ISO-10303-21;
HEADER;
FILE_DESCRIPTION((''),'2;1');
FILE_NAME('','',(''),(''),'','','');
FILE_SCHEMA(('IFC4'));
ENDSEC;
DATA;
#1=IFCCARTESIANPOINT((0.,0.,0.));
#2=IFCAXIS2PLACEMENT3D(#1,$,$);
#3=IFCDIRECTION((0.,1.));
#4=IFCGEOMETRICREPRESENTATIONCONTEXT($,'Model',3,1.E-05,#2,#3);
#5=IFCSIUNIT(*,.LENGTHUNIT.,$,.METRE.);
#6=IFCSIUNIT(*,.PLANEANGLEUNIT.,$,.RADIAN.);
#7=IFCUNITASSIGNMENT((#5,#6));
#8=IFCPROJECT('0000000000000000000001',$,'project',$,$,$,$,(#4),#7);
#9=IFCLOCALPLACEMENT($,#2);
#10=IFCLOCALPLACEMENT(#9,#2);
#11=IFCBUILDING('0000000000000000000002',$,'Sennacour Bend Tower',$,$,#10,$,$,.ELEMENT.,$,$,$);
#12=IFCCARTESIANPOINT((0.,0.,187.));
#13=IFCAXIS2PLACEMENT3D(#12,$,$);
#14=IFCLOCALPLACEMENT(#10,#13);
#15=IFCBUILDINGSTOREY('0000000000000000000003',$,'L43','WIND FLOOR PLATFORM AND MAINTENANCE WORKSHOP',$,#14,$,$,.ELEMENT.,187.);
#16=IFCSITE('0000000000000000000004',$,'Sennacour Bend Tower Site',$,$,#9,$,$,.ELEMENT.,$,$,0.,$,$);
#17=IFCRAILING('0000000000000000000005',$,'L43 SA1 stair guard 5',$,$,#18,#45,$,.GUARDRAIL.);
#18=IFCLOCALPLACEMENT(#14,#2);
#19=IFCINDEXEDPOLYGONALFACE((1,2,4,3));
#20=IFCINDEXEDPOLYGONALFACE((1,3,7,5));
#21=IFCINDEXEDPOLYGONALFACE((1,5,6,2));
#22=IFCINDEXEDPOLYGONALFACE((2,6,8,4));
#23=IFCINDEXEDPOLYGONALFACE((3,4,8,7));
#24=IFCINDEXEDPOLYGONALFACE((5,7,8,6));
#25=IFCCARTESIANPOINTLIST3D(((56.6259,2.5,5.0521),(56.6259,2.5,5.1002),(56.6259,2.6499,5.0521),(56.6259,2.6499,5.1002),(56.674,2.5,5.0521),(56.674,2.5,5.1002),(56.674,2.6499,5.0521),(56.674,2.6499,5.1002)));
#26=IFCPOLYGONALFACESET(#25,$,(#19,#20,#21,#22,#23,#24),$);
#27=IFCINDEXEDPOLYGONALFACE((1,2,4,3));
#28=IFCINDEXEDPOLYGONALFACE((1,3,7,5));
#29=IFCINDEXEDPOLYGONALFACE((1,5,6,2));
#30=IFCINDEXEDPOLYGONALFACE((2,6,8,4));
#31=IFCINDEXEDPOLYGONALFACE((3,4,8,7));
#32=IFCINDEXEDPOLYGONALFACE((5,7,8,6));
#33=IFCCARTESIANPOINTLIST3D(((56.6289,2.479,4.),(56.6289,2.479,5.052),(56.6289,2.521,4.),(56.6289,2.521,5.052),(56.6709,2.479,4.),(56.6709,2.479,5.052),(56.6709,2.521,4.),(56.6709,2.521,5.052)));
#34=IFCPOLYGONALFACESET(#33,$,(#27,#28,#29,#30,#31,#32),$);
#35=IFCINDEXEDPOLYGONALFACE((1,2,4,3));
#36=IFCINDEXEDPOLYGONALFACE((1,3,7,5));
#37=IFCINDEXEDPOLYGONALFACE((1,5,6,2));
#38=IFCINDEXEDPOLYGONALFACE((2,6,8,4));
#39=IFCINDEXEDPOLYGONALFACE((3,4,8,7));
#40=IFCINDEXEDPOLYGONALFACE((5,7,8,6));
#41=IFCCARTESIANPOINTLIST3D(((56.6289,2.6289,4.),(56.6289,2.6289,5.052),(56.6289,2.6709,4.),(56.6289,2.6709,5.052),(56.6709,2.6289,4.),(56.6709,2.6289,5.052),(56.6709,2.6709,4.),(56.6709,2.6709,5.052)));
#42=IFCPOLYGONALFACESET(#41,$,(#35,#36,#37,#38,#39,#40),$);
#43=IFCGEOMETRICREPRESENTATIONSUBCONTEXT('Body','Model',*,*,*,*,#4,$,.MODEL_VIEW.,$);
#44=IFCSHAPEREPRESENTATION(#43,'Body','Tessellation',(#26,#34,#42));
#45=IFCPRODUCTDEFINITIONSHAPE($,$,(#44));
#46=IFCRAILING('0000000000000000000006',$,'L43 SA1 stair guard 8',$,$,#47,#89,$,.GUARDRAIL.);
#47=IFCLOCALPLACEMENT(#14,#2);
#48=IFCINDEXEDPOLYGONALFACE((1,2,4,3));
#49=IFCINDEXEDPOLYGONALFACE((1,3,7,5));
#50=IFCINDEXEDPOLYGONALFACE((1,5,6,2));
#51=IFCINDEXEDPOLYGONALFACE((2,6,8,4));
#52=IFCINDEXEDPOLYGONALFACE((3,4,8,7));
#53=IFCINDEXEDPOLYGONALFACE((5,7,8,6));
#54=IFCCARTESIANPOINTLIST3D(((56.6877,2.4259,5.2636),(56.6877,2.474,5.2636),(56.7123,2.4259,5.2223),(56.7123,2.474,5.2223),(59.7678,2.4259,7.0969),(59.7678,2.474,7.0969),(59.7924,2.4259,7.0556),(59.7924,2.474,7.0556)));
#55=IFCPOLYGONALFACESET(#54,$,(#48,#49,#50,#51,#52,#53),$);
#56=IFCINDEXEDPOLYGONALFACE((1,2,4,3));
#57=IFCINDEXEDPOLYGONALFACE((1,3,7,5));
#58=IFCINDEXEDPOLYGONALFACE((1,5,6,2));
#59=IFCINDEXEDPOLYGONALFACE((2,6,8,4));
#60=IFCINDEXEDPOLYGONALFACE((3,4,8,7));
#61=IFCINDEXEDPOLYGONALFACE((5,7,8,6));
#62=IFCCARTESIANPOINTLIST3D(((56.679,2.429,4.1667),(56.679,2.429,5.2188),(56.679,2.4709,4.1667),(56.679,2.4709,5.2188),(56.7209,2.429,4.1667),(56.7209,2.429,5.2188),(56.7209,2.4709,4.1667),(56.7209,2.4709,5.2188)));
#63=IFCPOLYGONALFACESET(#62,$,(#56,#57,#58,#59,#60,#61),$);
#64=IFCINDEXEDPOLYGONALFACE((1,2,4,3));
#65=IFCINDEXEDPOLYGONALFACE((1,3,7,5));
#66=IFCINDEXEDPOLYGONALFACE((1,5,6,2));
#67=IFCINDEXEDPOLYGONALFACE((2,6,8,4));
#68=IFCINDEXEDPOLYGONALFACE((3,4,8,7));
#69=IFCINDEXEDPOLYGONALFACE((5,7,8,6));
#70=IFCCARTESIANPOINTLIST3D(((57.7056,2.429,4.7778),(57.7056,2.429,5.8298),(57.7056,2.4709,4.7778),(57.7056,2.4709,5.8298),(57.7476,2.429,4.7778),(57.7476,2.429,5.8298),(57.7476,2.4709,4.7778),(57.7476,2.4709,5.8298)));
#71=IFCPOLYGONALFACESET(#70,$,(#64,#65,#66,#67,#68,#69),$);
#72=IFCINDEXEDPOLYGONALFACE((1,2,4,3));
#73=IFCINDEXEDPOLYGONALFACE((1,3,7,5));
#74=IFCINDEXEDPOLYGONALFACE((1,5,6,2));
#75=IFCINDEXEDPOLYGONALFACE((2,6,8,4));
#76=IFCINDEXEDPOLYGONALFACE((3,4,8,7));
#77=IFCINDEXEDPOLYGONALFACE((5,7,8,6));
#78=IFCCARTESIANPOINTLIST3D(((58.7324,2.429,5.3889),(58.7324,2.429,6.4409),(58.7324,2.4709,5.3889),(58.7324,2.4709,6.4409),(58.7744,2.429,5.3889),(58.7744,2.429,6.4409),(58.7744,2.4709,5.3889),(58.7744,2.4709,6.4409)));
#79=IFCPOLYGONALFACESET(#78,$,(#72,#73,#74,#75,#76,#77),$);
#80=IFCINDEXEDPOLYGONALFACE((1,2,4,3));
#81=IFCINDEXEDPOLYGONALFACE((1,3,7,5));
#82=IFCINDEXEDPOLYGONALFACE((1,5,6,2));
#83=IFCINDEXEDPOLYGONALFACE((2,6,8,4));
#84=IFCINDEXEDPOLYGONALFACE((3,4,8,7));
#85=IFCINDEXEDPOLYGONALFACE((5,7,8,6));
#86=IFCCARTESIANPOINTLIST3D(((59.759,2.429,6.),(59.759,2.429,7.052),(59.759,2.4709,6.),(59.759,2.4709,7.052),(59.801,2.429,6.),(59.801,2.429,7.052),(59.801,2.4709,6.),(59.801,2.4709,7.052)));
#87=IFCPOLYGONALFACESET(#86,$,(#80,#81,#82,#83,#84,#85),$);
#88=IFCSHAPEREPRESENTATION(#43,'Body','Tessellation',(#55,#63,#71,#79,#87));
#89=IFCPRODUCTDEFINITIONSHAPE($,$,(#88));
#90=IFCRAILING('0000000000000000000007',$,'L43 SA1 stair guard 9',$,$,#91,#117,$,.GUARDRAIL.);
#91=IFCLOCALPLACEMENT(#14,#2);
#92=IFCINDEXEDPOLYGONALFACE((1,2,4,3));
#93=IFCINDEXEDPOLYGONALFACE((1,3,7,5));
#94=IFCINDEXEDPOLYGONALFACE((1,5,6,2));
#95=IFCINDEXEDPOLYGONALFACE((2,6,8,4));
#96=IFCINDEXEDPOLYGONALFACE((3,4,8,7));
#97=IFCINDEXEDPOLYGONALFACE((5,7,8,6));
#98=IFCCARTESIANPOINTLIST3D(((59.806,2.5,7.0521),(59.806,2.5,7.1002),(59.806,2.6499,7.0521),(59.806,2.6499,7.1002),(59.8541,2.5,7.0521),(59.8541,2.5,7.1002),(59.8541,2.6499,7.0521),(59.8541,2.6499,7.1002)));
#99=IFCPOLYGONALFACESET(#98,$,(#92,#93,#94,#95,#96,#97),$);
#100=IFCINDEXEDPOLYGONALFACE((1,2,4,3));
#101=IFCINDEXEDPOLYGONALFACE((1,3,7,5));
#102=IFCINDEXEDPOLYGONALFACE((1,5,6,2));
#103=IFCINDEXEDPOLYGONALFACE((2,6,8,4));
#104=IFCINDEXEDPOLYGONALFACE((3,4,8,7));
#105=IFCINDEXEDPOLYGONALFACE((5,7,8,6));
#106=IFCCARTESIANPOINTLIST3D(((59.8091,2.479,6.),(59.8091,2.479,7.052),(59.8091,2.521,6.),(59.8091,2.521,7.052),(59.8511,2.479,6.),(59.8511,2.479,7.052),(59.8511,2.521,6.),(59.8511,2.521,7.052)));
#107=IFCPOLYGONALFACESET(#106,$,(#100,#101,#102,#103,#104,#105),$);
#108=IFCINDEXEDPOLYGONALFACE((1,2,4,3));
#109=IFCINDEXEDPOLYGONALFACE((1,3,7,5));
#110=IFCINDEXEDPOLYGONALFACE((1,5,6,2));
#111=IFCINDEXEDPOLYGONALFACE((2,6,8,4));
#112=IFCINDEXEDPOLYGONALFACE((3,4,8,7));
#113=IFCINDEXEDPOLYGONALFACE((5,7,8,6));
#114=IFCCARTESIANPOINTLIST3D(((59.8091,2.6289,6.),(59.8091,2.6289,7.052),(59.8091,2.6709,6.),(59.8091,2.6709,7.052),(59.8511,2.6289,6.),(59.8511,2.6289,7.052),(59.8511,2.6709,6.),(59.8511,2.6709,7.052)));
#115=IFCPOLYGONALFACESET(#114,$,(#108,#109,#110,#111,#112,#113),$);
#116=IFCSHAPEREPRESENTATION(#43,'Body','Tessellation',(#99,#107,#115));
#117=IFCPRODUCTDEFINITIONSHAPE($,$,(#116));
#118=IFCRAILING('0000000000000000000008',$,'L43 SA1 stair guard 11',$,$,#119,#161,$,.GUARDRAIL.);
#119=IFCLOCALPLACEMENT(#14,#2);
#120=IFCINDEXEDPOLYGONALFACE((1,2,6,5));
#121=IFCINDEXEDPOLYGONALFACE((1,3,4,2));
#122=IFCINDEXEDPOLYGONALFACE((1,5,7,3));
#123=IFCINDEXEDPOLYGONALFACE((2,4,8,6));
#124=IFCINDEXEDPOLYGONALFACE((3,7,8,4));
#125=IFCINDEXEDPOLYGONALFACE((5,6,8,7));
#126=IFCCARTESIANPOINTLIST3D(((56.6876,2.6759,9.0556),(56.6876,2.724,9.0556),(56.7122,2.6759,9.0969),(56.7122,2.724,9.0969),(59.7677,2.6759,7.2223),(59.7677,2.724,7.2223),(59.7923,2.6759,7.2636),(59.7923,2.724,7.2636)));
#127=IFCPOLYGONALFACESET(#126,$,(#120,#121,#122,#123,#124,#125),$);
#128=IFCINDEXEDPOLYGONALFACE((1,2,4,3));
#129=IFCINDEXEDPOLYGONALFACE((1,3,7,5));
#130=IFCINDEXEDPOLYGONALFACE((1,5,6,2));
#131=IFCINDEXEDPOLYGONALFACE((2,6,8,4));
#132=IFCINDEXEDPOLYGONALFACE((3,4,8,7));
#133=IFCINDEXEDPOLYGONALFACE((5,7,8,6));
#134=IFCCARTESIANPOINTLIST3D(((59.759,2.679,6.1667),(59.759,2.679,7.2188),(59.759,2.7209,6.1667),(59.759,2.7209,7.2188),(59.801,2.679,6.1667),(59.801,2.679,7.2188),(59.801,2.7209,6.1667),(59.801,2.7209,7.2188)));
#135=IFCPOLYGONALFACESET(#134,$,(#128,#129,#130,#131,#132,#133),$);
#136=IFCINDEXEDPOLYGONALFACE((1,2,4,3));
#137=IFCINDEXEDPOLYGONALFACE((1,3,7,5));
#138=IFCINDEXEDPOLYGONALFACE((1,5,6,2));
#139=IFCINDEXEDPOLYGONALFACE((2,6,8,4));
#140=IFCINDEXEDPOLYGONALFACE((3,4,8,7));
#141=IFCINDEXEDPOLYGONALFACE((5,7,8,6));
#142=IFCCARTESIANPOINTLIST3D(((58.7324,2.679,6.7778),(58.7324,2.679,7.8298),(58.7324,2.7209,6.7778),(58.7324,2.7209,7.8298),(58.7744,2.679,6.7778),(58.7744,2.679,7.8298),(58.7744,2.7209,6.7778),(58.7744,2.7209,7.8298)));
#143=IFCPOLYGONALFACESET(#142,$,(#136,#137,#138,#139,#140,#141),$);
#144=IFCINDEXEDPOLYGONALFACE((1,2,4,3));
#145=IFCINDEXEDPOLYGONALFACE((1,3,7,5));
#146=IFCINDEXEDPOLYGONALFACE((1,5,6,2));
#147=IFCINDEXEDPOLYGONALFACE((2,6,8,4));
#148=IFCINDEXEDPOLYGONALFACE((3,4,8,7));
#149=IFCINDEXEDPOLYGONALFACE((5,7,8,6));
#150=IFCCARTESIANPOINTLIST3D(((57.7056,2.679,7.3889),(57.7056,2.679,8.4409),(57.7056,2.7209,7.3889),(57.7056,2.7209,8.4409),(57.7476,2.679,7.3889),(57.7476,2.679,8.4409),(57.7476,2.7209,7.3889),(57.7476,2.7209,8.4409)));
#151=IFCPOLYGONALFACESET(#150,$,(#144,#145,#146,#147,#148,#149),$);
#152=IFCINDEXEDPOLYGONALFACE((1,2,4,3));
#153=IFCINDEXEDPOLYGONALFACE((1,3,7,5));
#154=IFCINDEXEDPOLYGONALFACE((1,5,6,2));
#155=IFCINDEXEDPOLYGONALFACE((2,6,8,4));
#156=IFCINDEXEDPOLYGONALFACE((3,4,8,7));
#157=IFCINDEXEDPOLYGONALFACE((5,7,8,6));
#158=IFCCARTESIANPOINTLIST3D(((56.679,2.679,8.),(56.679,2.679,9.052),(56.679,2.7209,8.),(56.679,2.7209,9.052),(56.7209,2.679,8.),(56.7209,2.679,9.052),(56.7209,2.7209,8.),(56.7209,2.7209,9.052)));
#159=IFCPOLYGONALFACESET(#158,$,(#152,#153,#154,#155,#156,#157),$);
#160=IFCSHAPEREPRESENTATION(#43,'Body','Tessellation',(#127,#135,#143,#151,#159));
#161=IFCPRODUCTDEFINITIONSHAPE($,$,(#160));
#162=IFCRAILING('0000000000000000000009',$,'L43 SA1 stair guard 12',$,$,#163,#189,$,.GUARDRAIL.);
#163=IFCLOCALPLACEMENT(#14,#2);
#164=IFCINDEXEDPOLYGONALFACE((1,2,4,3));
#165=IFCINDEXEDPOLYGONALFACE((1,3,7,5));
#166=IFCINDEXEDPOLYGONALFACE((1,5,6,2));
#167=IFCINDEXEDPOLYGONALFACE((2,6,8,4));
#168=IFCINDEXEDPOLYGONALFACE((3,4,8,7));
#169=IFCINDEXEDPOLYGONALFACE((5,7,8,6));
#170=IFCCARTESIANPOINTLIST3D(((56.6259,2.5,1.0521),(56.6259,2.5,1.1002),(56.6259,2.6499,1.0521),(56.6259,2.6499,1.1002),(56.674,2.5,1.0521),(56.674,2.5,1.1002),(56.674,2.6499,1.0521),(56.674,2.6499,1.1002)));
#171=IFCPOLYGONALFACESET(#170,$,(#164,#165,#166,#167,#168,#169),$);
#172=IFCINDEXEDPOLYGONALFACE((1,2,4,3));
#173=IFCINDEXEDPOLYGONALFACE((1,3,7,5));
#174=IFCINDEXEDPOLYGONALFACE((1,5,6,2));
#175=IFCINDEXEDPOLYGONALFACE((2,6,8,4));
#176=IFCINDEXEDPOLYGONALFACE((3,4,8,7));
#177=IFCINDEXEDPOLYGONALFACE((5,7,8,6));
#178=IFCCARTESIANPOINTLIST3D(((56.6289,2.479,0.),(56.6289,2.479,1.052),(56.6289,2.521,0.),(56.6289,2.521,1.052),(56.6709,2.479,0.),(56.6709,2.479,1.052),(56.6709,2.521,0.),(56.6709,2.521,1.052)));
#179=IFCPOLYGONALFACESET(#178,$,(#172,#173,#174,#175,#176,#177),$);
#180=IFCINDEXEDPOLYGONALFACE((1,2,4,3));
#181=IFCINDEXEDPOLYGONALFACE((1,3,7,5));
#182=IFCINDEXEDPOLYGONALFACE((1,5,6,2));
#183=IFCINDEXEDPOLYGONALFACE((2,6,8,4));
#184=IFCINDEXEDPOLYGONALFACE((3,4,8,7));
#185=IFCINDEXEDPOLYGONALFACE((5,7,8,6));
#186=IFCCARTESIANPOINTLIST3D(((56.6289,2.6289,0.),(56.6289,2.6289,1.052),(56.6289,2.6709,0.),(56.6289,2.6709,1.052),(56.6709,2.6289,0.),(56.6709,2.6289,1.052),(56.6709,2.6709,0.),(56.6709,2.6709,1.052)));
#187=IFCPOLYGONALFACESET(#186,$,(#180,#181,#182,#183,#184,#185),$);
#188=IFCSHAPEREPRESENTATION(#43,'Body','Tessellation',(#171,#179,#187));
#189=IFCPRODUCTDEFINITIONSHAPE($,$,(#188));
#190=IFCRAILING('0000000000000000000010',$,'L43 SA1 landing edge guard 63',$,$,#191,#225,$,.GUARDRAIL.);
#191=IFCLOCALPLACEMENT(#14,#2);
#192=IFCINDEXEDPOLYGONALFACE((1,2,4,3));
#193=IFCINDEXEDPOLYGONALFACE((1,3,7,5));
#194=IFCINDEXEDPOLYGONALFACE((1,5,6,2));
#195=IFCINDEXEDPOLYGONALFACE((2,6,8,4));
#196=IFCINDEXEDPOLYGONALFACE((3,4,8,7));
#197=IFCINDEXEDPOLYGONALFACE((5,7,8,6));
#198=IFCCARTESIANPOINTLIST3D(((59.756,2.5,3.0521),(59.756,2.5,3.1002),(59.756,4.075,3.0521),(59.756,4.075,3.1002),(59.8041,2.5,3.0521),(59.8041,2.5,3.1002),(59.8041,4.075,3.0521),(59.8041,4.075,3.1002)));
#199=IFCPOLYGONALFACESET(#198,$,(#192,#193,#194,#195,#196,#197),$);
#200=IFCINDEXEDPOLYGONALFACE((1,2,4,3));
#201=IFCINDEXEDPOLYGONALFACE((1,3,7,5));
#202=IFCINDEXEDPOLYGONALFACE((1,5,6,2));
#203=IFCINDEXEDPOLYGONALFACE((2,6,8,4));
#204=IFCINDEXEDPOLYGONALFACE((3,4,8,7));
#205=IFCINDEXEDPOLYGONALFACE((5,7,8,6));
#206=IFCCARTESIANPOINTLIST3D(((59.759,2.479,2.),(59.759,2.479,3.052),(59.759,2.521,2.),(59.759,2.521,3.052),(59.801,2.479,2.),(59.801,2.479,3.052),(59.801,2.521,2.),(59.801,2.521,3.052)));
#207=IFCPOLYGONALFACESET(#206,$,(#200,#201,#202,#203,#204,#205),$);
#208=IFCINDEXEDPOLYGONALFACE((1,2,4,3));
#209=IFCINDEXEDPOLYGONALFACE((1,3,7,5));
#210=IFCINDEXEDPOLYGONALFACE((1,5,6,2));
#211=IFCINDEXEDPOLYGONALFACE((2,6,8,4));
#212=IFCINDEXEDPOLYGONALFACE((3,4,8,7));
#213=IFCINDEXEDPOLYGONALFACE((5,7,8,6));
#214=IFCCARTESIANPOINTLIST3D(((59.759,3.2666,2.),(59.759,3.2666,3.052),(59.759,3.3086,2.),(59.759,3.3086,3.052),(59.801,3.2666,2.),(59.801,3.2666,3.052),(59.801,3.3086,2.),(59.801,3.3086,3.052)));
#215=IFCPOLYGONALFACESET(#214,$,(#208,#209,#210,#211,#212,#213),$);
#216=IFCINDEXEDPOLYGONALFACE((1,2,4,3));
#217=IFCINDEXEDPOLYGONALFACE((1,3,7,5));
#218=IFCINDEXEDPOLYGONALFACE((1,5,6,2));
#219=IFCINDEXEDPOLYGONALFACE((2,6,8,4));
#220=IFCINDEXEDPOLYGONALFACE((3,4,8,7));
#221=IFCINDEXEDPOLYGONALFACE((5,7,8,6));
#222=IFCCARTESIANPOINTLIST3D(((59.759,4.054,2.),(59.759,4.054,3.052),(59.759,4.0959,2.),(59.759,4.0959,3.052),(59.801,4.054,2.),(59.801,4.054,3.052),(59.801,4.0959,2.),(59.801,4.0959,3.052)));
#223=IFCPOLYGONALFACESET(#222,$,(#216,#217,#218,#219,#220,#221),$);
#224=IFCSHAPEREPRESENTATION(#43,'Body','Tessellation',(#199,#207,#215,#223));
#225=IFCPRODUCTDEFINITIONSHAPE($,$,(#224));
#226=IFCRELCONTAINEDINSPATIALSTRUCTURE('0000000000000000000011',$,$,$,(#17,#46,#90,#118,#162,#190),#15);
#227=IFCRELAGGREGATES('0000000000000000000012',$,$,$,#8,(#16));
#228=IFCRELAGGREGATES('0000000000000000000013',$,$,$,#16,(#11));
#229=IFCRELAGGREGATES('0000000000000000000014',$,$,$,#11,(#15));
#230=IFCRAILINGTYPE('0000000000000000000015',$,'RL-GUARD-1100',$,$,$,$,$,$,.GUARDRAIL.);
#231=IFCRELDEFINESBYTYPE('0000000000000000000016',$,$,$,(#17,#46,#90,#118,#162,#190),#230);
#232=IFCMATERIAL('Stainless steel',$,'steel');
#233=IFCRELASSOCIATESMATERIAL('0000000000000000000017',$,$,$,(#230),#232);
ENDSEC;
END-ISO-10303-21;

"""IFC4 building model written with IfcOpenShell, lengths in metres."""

from ifc_helpers import new_model, si_unit, direction, frame, origin, origin_2d, place, context, subcontext, project, spatial, rectangle, extrude, material, type_object, element, save


model = new_model("IFC4")

# Units and contexts
model_context = context("Model", 3, precision=1e-05, world=origin(), true_north=direction((0.0, 1.0)))
body_context = subcontext(model_context, "Body", "Model", "MODEL_VIEW")
ifc_project = project(units=[si_unit("LENGTHUNIT", "METRE"), si_unit("PLANEANGLEUNIT", "RADIAN")], contexts=[model_context])

# Site, building, storey
site_placement = place(None, origin())
site = spatial("IfcSite", under=ifc_project, at=site_placement, Name="Sennacour Bend Tower Site", CompositionType="ELEMENT", RefElevation=0.0)
building_placement = place(site_placement, origin())
building = spatial("IfcBuilding", under=site, at=building_placement, Name="Sennacour Bend Tower", CompositionType="ELEMENT")
storey_placement = place(building_placement, frame((0.0, 0.0, 187.0)))
storey = spatial("IfcBuildingStorey", under=building, at=storey_placement, Name="L43", Description="WIND FLOOR PLATFORM AND MAINTENANCE WORKSHOP", CompositionType="ELEMENT", Elevation=187.0)

# Railings
ifc_material_1 = material(Name="Stainless steel", Category="steel")
railing_type_1 = type_object("IfcRailingType", Name="RL-GUARD-1100", PredefinedType="GUARDRAIL", material=ifc_material_1)
railing_1_placement = place(storey_placement, frame((56.6499, 2.5, 4.0)))
element("IfcRailing", 1, at=railing_1_placement, inside=storey, type_object=railing_type_1, Name="L43 SA1 stair guard 5", PredefinedType="GUARDRAIL", context=body_context, shape_type="SweptSolid", body=[
    extrude(rectangle(XDim=0.0481, YDim=0.0481, at=origin_2d()), frame((0.0, 0.0, 1.0762), z_axis=(0.0, 1.0, 0.0), x_axis=(-1.0, 0.0, 0.0)), (0.0, 0.0, 1.0), 0.1499),
    extrude(rectangle(XDim=0.042, YDim=0.042, at=origin_2d()), origin(), (0.0, 0.0, 1.0), 1.052),
    extrude(rectangle(XDim=0.042, YDim=0.042, at=origin_2d()), frame((0.0, 0.1499, 0.0)), (0.0, 0.0, 1.0), 1.052),
])
railing_2_placement = place(storey_placement, frame((56.7, 2.45, 4.1667)))
element("IfcRailing", 2, at=railing_2_placement, inside=storey, type_object=railing_type_1, Name="L43 SA1 stair guard 8", PredefinedType="GUARDRAIL", context=body_context, shape_type="SweptSolid", body=[
    extrude(rectangle(XDim=0.0481, YDim=0.0481, at=origin_2d()), frame((0.0, 0.0, 1.0762), z_axis=(0.859309, 0.0, 0.511458), x_axis=(0.0, 1.0, 0.0)), (0.0, 0.0, 1.0), 3.5845),
    extrude(rectangle(XDim=0.042, YDim=0.042, at=origin_2d()), origin(), (0.0, 0.0, 1.0), 1.052),
    extrude(rectangle(XDim=0.042, YDim=0.042, at=origin_2d()), frame((1.0266, 0.0, 0.6111)), (0.0, 0.0, 1.0), 1.052),
    extrude(rectangle(XDim=0.042, YDim=0.042, at=origin_2d()), frame((2.0535, 0.0, 1.2222)), (0.0, 0.0, 1.0), 1.052),
    extrude(rectangle(XDim=0.042, YDim=0.042, at=origin_2d()), frame((3.0801, 0.0, 1.8333)), (0.0, 0.0, 1.0), 1.052),
])
railing_3_placement = place(storey_placement, frame((59.8301, 2.5, 6.0)))
element("IfcRailing", 3, at=railing_3_placement, inside=storey, type_object=railing_type_1, Name="L43 SA1 stair guard 9", PredefinedType="GUARDRAIL", context=body_context, shape_type="SweptSolid", body=[
    extrude(rectangle(XDim=0.0481, YDim=0.0481, at=origin_2d()), frame((0.0, 0.0, 1.0762), z_axis=(0.0, 1.0, 0.0), x_axis=(-1.0, 0.0, 0.0)), (0.0, 0.0, 1.0), 0.1499),
    extrude(rectangle(XDim=0.042, YDim=0.042, at=origin_2d()), origin(), (0.0, 0.0, 1.0), 1.052),
    extrude(rectangle(XDim=0.042, YDim=0.042, at=origin_2d()), frame((0.0, 0.1499, 0.0)), (0.0, 0.0, 1.0), 1.052),
])
railing_4_placement = place(storey_placement, frame((59.78, 2.7, 6.1667)))
element("IfcRailing", 4, at=railing_4_placement, inside=storey, type_object=railing_type_1, Name="L43 SA1 stair guard 11", PredefinedType="GUARDRAIL", context=body_context, shape_type="SweptSolid", body=[
    extrude(rectangle(XDim=0.0481, YDim=0.0481, at=origin_2d()), frame((0.0, 0.0, 1.0762), z_axis=(-0.859309, 0.0, 0.511458), x_axis=(0.0, -1.0, 0.0)), (0.0, 0.0, 1.0), 3.5845),
    extrude(rectangle(XDim=0.042, YDim=0.042, at=origin_2d()), origin(), (0.0, 0.0, 1.0), 1.052),
    extrude(rectangle(XDim=0.042, YDim=0.042, at=origin_2d()), frame((-1.0266, 0.0, 0.6111)), (0.0, 0.0, 1.0), 1.052),
    extrude(rectangle(XDim=0.042, YDim=0.042, at=origin_2d()), frame((-2.0535, 0.0, 1.2222)), (0.0, 0.0, 1.0), 1.052),
    extrude(rectangle(XDim=0.042, YDim=0.042, at=origin_2d()), frame((-3.0801, 0.0, 1.8333)), (0.0, 0.0, 1.0), 1.052),
])
railing_5_placement = place(storey_placement, frame((56.6499, 2.5, 0.0)))
element("IfcRailing", 5, at=railing_5_placement, inside=storey, type_object=railing_type_1, Name="L43 SA1 stair guard 12", PredefinedType="GUARDRAIL", context=body_context, shape_type="SweptSolid", body=[
    extrude(rectangle(XDim=0.0481, YDim=0.0481, at=origin_2d()), frame((0.0, 0.0, 1.0762), z_axis=(0.0, 1.0, 0.0), x_axis=(-1.0, 0.0, 0.0)), (0.0, 0.0, 1.0), 0.1499),
    extrude(rectangle(XDim=0.042, YDim=0.042, at=origin_2d()), origin(), (0.0, 0.0, 1.0), 1.052),
    extrude(rectangle(XDim=0.042, YDim=0.042, at=origin_2d()), frame((0.0, 0.1499, 0.0)), (0.0, 0.0, 1.0), 1.052),
])
railing_6_placement = place(storey_placement, frame((59.78, 2.5, 2.0)))
element("IfcRailing", 6, at=railing_6_placement, inside=storey, type_object=railing_type_1, Name="L43 SA1 landing edge guard 63", PredefinedType="GUARDRAIL", context=body_context, shape_type="SweptSolid", body=[
    extrude(rectangle(XDim=0.0481, YDim=0.0481, at=origin_2d()), frame((0.0, 0.0, 1.0762), z_axis=(0.0, 1.0, 0.0), x_axis=(-1.0, 0.0, 0.0)), (0.0, 0.0, 1.0), 1.575),
    extrude(rectangle(XDim=0.042, YDim=0.042, at=origin_2d()), origin(), (0.0, 0.0, 1.0), 1.052),
    extrude(rectangle(XDim=0.042, YDim=0.042, at=origin_2d()), frame((0.0, 0.7876, 0.0)), (0.0, 0.0, 1.0), 1.052),
    extrude(rectangle(XDim=0.042, YDim=0.042, at=origin_2d()), frame((0.0, 1.575, 0.0)), (0.0, 0.0, 1.0), 1.052),
])

save(model, "model.ifc")
